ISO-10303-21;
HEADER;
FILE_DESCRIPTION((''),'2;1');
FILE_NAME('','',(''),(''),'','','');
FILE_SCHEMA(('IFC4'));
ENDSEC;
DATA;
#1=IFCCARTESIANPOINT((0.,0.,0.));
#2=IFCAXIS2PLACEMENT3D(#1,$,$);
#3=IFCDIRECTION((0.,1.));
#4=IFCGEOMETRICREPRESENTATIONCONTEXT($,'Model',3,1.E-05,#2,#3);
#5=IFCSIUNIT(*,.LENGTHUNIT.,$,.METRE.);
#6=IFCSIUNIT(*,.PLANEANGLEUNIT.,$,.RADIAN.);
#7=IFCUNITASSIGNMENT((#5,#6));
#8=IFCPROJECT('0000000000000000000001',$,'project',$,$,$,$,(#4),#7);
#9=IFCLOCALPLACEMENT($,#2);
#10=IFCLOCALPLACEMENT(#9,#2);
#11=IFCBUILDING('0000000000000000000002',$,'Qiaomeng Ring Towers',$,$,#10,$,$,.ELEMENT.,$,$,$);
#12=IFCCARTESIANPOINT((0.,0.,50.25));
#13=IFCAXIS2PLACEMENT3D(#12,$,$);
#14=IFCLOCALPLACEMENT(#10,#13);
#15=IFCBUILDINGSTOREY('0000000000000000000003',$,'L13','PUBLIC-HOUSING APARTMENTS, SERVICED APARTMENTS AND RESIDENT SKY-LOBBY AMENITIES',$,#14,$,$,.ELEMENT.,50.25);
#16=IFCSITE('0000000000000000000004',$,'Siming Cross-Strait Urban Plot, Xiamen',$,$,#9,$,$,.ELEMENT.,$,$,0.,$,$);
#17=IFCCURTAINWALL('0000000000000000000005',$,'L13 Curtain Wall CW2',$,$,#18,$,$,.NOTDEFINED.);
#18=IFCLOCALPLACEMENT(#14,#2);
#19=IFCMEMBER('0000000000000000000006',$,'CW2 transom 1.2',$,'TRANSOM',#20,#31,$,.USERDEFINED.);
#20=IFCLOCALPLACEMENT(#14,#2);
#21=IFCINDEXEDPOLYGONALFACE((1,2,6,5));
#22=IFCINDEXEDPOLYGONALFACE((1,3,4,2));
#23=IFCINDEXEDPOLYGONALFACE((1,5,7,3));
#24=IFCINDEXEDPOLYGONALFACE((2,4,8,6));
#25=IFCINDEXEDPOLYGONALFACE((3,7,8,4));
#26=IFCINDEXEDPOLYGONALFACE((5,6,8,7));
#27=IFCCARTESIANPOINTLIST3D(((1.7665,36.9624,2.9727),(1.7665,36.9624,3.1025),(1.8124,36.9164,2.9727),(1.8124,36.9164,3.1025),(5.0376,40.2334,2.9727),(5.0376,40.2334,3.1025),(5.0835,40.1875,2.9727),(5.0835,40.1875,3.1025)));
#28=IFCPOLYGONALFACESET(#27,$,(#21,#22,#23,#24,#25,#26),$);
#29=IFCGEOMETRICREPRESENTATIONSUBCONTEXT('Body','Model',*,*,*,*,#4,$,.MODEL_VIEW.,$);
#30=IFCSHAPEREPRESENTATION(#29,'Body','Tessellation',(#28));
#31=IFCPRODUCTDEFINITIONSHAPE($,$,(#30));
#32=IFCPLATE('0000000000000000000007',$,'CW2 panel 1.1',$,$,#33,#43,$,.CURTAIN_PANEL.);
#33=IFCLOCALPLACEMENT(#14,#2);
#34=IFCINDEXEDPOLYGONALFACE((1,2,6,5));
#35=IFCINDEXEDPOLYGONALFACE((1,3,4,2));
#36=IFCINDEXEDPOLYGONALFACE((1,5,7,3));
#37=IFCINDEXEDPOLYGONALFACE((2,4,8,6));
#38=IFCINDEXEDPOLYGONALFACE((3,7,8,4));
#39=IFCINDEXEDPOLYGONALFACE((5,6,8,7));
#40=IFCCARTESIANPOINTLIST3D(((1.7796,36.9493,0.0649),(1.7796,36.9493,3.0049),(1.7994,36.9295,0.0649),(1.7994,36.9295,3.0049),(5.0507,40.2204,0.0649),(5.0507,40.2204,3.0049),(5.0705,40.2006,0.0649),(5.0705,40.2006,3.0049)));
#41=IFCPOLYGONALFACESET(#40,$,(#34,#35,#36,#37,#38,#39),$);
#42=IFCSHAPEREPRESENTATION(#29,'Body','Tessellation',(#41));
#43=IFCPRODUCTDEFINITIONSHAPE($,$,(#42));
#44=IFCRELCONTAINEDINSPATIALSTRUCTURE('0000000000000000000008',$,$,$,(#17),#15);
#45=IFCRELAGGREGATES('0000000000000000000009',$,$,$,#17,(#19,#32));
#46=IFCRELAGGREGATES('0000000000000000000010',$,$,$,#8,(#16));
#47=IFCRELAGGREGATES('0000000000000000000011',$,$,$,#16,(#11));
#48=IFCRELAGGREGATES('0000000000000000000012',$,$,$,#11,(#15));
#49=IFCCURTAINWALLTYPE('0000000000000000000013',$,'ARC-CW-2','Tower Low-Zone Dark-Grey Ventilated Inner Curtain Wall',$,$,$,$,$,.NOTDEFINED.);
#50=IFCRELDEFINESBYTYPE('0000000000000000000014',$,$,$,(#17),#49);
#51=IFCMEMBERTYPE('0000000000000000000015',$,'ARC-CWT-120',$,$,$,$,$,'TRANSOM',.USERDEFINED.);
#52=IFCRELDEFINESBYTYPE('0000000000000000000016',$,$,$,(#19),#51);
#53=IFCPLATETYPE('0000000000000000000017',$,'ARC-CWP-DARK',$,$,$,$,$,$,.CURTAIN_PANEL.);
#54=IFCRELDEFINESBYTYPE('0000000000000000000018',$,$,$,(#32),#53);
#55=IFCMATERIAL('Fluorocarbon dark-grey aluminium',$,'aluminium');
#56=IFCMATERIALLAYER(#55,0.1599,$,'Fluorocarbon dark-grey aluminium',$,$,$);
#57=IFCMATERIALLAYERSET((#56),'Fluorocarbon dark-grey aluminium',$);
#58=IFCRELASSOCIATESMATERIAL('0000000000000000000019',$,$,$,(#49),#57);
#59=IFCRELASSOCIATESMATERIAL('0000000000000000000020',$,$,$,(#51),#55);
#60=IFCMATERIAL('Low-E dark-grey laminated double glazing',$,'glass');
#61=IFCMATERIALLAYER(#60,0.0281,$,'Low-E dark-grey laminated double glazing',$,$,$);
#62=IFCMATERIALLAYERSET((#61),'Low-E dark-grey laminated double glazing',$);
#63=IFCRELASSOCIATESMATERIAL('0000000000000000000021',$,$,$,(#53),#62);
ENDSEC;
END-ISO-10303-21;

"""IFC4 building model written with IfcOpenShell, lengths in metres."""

from ifc_helpers import new_model, si_unit, direction, frame, origin, origin_2d, place, context, subcontext, project, spatial, rectangle, extrude, source, transform, mapped, material, layer, layer_set, material_profile, profile_set, type_object, element, aggregate, save


model = new_model("IFC4")

# Units and contexts
model_context = context("Model", 3, precision=1e-05, world=origin(), true_north=direction((0.0, 1.0)))
body_context = subcontext(model_context, "Body", "Model", "MODEL_VIEW")
ifc_project = project(units=[si_unit("LENGTHUNIT", "METRE"), si_unit("PLANEANGLEUNIT", "RADIAN")], contexts=[model_context])

# Site, building, storey
site_placement = place(None, origin())
site = spatial("IfcSite", under=ifc_project, at=site_placement, Name="Siming Cross-Strait Urban Plot, Xiamen", CompositionType="ELEMENT", RefElevation=0.0)
building_placement = place(site_placement, origin())
building = spatial("IfcBuilding", under=site, at=building_placement, Name="Qiaomeng Ring Towers", CompositionType="ELEMENT")
storey_placement = place(building_placement, frame((0.0, 0.0, 50.25)))
storey = spatial("IfcBuildingStorey", under=building, at=storey_placement, Name="L13", Description="PUBLIC-HOUSING APARTMENTS, SERVICED APARTMENTS AND RESIDENT SKY-LOBBY AMENITIES", CompositionType="ELEMENT", Elevation=50.25)

# Curtain wall, member, plate
ifc_material_1 = material(Name="Fluorocarbon dark-grey aluminium", Category="aluminium")
ifc_layer_1 = layer(ifc_material_1, 0.1599, Name="Fluorocarbon dark-grey aluminium")
ifc_layer_set_1 = layer_set([ifc_layer_1], Name="Fluorocarbon dark-grey aluminium")
curtain_wall_type = type_object("IfcCurtainWallType", Name="ARC-CW-2", Description="Tower Low-Zone Dark-Grey Ventilated Inner Curtain Wall", PredefinedType="NOTDEFINED", material=ifc_layer_set_1)
curtain_wall_placement = place(storey_placement, origin())
curtain_wall = element("IfcCurtainWall", 1, at=curtain_wall_placement, inside=storey, type_object=curtain_wall_type, Name="L13 Curtain Wall CW2", PredefinedType="NOTDEFINED")
ifc_material_profile_1 = material_profile(ifc_material_1, rectangle(XDim=0.0649, YDim=0.1299, at=origin_2d()), Name="ALU TRAN 65x130")
ifc_profile_set_1 = profile_set([ifc_material_profile_1], Name="Fluorocarbon dark-grey aluminium")
member_type_1 = type_object("IfcMemberType", Name="ARC-CWT-120", ElementType="TRANSOM", PredefinedType="USERDEFINED", material=ifc_profile_set_1)
shared_shape_1 = source(origin(), body_context, "Body", "SweptSolid", [
    extrude(rectangle(XDim=0.0649, YDim=0.1299, at=origin_2d()), origin(), (0.0, 0.0, 1.0), 4.626),
])
member_1_placement = place(storey_placement, frame((5.0605, 40.2104, 3.0376), z_axis=(-0.707107, -0.707107, 0.0), x_axis=(0.707107, -0.707107, 0.0)))
member_1 = element("IfcMember", 2, at=member_1_placement, type_object=member_type_1, Name="CW2 transom 1.2", ObjectType="TRANSOM", PredefinedType="USERDEFINED", context=body_context, shape_type="MappedRepresentation", body=[
    mapped(shared_shape_1, transform((0.0, 0.0, 0.0), x_axis=(1.0, 0.0, 0.0), y_axis=(0.0, 1.0, 0.0), z_axis=(0.0, 0.0, 1.0), scale=1.0)),
])
ifc_material_2 = material(Name="Low-E dark-grey laminated double glazing", Category="glass")
ifc_layer_2 = layer(ifc_material_2, 0.0281, Name="Low-E dark-grey laminated double glazing")
ifc_layer_set_2 = layer_set([ifc_layer_2], Name="Low-E dark-grey laminated double glazing")
plate_type = type_object("IfcPlateType", Name="ARC-CWP-DARK", PredefinedType="CURTAIN_PANEL", material=ifc_layer_set_2)
shared_shape_2 = source(origin(), body_context, "Body", "SweptSolid", [
    extrude(rectangle(XDim=4.626, YDim=0.0281, at=origin_2d()), origin(), (0.0, 0.0, 1.0), 2.9399),
])
plate_placement = place(storey_placement, frame((3.425, 38.575, 0.0649), z_axis=(0.0, 0.0, 1.0), x_axis=(-0.707107, -0.707107, 0.0)))
plate = element("IfcPlate", 3, at=plate_placement, type_object=plate_type, Name="CW2 panel 1.1", PredefinedType="CURTAIN_PANEL", context=body_context, shape_type="MappedRepresentation", body=[
    mapped(shared_shape_2, transform((0.0, 0.0, 0.0), x_axis=(1.0, 0.0, 0.0), y_axis=(0.0, 1.0, 0.0), z_axis=(0.0, 0.0, 1.0), scale=1.0)),
])
aggregate(curtain_wall, [member_1, plate])

save(model, "model.ifc")
